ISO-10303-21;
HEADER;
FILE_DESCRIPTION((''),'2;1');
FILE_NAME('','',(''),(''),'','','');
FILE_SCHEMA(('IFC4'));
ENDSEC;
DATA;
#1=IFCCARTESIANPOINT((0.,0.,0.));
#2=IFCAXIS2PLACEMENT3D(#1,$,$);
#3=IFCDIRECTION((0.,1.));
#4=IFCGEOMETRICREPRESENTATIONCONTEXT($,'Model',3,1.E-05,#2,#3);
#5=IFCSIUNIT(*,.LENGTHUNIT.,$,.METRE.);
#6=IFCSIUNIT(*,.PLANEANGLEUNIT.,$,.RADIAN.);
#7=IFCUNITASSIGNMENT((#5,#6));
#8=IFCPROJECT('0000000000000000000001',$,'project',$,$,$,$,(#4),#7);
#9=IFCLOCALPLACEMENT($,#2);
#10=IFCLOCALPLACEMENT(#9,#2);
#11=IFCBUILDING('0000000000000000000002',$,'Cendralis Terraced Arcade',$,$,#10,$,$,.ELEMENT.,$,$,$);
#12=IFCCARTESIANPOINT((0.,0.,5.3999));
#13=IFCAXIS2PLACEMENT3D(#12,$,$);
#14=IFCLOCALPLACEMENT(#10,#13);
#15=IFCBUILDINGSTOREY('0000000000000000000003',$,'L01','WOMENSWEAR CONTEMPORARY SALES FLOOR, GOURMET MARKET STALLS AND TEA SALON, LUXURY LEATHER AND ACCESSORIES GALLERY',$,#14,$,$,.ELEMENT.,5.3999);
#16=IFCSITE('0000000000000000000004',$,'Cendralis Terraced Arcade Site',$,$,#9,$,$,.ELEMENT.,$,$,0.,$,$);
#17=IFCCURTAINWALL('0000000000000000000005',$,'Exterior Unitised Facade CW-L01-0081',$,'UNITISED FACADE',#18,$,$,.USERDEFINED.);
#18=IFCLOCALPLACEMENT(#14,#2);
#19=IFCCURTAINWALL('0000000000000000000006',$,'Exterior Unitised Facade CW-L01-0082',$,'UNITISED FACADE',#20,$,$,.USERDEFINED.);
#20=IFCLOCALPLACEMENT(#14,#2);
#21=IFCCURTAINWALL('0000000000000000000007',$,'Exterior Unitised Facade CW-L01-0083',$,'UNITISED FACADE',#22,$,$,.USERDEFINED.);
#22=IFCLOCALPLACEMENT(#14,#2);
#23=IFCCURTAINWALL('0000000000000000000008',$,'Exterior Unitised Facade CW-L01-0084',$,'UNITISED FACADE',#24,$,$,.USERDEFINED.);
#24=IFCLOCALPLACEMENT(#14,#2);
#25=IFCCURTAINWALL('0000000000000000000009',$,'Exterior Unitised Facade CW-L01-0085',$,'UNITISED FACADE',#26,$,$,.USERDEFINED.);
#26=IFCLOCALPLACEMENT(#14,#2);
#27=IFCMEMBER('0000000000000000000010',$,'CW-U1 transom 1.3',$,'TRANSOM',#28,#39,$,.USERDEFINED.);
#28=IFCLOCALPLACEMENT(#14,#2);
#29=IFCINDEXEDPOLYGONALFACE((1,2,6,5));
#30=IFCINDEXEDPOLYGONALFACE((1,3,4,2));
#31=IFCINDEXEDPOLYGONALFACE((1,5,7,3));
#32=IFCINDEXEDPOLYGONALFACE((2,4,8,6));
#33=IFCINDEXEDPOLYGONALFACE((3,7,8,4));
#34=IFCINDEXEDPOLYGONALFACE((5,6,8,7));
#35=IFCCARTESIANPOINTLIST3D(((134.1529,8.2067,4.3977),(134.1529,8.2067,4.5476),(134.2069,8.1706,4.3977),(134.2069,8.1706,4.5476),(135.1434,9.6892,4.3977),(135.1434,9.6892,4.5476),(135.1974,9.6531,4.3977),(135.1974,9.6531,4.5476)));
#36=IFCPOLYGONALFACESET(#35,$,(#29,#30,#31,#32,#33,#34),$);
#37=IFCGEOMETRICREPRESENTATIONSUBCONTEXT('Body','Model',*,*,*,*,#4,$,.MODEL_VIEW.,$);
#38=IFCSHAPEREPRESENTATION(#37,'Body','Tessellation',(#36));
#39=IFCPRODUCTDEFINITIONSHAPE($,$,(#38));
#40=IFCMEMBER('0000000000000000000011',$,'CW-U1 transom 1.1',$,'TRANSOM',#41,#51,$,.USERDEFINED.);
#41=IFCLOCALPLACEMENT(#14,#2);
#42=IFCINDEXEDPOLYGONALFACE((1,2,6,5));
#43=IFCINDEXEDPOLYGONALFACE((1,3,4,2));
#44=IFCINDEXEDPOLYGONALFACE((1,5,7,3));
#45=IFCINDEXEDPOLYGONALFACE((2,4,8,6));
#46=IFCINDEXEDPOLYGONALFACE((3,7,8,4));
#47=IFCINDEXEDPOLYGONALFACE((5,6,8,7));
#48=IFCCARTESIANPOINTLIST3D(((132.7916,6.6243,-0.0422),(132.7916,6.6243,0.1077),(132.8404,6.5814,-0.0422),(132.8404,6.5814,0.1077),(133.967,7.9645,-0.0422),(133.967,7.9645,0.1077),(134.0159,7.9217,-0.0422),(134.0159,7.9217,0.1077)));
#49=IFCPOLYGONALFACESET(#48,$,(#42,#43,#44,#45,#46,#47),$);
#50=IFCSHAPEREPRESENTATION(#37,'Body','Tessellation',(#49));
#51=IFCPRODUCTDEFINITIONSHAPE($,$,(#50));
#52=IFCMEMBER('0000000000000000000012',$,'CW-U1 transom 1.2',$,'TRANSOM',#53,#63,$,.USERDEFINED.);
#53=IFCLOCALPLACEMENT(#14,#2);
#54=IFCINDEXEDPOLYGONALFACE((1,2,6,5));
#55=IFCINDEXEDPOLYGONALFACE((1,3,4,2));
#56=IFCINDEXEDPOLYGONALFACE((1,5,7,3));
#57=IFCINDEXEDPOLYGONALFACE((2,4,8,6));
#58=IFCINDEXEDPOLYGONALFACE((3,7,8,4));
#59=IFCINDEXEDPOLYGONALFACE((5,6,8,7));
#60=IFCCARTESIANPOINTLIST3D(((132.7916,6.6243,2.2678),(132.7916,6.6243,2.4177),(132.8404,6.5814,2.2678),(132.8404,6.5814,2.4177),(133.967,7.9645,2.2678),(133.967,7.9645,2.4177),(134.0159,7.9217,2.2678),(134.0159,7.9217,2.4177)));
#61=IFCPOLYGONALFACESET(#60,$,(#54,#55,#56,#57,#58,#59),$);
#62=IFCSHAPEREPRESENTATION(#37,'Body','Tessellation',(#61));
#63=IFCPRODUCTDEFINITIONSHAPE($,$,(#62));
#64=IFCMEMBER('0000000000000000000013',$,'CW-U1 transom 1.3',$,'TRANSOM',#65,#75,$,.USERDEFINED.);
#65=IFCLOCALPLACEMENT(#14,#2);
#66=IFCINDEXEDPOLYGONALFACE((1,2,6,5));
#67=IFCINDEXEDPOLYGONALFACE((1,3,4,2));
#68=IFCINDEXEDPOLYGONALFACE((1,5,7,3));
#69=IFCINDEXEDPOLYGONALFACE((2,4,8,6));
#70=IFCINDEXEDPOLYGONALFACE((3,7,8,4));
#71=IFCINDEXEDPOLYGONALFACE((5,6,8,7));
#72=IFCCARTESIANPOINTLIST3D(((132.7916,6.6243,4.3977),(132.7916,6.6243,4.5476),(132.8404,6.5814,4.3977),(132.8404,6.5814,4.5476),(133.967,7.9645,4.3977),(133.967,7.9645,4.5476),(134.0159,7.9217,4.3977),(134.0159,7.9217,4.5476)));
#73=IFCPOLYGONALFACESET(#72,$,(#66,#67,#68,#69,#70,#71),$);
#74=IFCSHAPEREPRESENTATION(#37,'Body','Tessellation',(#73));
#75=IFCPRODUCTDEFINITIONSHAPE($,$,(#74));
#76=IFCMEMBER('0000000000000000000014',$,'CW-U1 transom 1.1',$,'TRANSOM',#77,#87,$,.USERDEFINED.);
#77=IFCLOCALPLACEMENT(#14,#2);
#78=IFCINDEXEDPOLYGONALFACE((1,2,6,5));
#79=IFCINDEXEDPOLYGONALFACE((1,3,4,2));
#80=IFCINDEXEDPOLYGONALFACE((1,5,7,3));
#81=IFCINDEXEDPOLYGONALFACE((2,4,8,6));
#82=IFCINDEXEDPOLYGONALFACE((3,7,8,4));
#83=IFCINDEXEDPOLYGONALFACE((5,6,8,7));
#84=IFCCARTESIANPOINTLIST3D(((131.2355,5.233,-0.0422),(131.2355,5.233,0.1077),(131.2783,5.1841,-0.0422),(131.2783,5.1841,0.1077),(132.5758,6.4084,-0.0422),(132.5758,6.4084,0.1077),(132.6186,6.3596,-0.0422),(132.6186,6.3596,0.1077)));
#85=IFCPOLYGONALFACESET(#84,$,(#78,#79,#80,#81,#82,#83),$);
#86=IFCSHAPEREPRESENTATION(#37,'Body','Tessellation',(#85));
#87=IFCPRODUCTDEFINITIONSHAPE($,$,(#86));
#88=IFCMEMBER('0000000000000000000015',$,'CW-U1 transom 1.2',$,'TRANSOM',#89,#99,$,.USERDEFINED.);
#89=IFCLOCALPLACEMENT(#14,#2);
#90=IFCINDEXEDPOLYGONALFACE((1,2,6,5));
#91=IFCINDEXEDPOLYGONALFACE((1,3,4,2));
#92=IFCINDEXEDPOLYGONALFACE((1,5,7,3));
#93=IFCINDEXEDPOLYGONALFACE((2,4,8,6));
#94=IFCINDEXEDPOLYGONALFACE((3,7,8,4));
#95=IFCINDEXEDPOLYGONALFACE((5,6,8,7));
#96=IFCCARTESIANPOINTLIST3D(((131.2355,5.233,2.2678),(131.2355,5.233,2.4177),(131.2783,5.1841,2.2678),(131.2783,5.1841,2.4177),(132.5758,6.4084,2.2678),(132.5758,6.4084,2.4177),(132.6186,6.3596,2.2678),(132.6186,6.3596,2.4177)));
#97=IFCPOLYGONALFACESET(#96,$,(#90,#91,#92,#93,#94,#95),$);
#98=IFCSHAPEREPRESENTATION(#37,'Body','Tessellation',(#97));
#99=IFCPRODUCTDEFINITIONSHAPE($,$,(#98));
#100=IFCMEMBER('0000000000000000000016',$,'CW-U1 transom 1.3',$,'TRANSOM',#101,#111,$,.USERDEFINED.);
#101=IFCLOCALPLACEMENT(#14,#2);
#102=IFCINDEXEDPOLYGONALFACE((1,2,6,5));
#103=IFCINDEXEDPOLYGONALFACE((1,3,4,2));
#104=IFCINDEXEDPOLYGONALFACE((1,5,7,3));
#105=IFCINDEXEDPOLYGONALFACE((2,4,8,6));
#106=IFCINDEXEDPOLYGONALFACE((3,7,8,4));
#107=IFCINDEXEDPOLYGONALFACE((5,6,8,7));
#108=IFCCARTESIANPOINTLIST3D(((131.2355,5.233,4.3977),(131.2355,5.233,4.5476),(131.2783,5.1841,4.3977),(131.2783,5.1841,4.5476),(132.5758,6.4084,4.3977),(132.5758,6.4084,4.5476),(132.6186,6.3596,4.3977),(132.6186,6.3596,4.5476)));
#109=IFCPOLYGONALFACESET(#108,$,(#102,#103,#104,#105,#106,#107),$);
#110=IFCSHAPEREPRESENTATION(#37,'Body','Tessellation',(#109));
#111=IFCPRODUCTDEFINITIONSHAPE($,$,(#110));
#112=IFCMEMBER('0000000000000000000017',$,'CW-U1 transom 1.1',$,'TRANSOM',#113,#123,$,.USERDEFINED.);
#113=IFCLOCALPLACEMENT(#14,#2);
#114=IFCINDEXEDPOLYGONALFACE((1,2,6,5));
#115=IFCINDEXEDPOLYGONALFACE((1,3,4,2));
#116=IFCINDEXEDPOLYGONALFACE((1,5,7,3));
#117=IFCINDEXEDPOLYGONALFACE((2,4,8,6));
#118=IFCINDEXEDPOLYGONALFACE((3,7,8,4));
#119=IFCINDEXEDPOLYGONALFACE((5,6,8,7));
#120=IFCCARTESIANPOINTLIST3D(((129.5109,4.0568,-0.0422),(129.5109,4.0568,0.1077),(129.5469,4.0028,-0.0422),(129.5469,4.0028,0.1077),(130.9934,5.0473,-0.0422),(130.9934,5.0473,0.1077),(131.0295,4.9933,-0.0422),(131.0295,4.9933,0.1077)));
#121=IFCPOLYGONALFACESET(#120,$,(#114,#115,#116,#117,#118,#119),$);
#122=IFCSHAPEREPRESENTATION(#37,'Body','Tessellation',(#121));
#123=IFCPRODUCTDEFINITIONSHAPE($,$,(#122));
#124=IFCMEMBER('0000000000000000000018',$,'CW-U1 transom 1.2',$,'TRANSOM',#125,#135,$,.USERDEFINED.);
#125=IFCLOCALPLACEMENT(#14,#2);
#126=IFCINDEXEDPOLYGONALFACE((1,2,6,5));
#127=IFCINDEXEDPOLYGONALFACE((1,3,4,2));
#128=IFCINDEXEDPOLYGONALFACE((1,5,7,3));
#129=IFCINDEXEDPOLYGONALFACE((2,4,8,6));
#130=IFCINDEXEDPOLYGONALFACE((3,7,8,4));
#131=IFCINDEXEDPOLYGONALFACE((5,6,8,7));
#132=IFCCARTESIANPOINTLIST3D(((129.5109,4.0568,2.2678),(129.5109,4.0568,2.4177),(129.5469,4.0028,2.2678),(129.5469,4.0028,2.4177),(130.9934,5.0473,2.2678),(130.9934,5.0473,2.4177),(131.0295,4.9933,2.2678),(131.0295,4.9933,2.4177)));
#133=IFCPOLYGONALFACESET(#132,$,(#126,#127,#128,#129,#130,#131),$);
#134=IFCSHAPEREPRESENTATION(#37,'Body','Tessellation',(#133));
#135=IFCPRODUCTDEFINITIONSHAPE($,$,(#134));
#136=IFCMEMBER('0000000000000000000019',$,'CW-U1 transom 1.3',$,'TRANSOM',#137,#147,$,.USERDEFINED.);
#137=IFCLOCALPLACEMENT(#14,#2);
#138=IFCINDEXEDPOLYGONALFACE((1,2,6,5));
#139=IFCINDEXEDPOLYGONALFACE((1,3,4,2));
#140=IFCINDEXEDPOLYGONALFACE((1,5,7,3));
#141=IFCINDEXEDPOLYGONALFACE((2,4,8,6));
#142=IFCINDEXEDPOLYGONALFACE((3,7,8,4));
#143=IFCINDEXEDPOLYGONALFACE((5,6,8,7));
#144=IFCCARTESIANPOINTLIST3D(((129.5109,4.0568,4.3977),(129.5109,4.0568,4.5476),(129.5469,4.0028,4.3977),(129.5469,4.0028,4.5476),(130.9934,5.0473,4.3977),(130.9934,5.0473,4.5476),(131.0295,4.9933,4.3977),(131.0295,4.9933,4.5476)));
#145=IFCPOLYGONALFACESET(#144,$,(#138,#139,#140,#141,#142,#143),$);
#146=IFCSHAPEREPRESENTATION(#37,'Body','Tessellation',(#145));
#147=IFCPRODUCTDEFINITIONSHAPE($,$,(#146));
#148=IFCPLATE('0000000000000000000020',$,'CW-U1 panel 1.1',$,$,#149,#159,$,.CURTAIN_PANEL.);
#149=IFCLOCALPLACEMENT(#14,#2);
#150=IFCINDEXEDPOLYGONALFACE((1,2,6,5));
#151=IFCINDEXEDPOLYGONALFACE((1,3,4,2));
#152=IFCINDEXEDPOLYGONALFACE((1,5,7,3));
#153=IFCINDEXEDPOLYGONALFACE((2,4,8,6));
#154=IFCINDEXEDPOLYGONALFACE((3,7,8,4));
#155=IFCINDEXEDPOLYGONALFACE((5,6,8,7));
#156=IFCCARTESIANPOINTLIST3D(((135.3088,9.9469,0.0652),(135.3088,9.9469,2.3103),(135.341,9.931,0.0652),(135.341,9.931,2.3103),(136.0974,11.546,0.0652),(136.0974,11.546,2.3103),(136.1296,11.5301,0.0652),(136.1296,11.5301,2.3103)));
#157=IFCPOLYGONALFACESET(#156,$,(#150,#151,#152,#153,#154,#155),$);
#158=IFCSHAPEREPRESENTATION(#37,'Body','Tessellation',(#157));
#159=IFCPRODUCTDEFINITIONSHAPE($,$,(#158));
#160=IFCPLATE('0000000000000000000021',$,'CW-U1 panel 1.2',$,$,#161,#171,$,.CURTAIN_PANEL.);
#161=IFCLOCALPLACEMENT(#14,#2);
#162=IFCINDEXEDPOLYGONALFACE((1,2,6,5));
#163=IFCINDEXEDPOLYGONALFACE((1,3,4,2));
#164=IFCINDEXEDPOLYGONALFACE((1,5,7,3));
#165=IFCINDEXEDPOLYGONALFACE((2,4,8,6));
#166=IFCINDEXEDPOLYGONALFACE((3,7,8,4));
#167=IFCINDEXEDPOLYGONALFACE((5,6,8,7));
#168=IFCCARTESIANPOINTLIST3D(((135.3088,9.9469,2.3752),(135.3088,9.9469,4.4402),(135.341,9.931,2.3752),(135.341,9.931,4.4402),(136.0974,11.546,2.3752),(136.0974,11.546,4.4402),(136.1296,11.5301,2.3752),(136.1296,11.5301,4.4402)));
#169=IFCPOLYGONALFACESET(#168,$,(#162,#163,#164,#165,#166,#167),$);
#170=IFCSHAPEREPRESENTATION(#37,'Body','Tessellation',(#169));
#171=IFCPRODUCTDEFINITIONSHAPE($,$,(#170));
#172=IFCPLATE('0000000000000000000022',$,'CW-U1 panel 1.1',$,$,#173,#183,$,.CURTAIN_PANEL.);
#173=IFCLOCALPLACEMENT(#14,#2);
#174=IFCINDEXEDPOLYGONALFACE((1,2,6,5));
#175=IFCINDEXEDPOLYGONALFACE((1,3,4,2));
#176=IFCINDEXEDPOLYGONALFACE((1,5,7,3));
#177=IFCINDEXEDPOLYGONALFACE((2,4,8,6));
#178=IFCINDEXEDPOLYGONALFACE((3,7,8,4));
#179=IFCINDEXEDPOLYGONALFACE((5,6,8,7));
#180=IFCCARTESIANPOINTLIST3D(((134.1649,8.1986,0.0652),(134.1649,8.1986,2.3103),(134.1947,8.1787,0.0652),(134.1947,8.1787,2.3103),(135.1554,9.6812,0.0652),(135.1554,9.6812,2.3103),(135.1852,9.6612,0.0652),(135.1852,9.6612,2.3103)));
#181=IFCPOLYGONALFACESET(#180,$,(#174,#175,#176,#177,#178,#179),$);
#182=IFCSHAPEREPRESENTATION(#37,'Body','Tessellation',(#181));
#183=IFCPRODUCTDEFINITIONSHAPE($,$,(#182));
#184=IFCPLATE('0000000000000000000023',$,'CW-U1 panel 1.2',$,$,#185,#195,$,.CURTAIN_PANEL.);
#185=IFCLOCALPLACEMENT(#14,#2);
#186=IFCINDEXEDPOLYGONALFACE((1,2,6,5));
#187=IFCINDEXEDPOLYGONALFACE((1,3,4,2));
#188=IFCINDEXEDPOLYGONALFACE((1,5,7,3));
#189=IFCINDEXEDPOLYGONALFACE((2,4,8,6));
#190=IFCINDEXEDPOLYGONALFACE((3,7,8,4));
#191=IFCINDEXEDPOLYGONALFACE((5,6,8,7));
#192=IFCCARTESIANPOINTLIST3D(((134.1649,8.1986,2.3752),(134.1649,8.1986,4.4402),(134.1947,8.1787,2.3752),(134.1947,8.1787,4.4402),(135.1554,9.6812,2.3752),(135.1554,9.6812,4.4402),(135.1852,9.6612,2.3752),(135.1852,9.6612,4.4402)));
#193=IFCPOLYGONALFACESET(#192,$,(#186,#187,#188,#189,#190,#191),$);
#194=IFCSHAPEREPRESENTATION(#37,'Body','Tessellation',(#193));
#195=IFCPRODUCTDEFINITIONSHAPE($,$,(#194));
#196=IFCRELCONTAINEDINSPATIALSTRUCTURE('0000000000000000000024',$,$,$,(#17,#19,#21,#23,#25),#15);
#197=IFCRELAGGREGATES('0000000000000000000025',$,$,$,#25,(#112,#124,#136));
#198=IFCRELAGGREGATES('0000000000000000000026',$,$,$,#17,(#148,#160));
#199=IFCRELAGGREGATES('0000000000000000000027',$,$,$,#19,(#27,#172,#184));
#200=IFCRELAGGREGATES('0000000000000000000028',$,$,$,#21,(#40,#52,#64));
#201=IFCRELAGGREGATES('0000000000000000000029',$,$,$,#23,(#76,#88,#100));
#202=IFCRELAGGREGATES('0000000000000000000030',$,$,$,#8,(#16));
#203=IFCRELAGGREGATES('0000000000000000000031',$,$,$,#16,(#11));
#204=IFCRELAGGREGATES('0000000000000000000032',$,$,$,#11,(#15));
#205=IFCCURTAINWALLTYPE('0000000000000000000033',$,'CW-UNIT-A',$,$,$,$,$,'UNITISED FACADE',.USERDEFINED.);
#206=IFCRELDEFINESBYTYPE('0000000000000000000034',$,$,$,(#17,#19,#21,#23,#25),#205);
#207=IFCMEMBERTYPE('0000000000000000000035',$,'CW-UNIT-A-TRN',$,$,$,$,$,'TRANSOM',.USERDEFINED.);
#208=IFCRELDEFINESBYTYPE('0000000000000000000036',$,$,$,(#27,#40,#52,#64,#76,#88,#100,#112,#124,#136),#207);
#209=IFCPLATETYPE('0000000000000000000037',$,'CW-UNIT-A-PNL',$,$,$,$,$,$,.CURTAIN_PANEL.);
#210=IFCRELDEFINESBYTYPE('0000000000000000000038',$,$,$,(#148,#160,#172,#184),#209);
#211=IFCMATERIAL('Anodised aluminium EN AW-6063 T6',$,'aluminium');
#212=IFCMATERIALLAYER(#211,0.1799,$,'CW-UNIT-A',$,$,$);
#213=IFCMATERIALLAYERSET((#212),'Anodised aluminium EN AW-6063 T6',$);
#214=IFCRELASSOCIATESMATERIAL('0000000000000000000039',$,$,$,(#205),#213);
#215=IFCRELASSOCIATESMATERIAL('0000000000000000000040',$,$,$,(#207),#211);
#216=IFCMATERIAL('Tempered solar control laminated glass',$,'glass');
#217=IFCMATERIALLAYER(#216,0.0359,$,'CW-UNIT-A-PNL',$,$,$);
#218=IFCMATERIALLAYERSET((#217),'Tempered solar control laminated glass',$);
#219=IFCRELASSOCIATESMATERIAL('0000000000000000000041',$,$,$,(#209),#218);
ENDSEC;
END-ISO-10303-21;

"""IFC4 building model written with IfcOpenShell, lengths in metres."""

from ifc_helpers import new_model, si_unit, direction, frame, origin, origin_2d, place, context, subcontext, project, spatial, rectangle, extrude, material, layer, layer_set, material_profile, profile_set, type_object, element, aggregate, save


model = new_model("IFC4")

# Units and contexts
model_context = context("Model", 3, precision=1e-05, world=origin(), true_north=direction((0.0, 1.0)))
body_context = subcontext(model_context, "Body", "Model", "MODEL_VIEW")
ifc_project = project(units=[si_unit("LENGTHUNIT", "METRE"), si_unit("PLANEANGLEUNIT", "RADIAN")], contexts=[model_context])

# Site, building, storey
site_placement = place(None, origin())
site = spatial("IfcSite", under=ifc_project, at=site_placement, Name="Cendralis Terraced Arcade Site", CompositionType="ELEMENT", RefElevation=0.0)
building_placement = place(site_placement, origin())
building = spatial("IfcBuilding", under=site, at=building_placement, Name="Cendralis Terraced Arcade", CompositionType="ELEMENT")
storey_placement = place(building_placement, frame((0.0, 0.0, 5.3999)))
storey = spatial("IfcBuildingStorey", under=building, at=storey_placement, Name="L01", Description="WOMENSWEAR CONTEMPORARY SALES FLOOR, GOURMET MARKET STALLS AND TEA SALON, LUXURY LEATHER AND ACCESSORIES GALLERY", CompositionType="ELEMENT", Elevation=5.3999)

# Shared definitions
ifc_material_1 = material(Name="Anodised aluminium EN AW-6063 T6", Category="aluminium")
ifc_layer_1 = layer(ifc_material_1, 0.1799, Name="CW-UNIT-A")
ifc_layer_set_1 = layer_set([ifc_layer_1], Name="Anodised aluminium EN AW-6063 T6")
curtain_wall_type = type_object("IfcCurtainWallType", Name="CW-UNIT-A", ElementType="UNITISED FACADE", PredefinedType="USERDEFINED", material=ifc_layer_set_1)

# Curtain walls
curtain_wall_1_placement = place(storey_placement, origin())
curtain_wall_1 = element("IfcCurtainWall", 1, at=curtain_wall_1_placement, inside=storey, type_object=curtain_wall_type, Name="Exterior Unitised Facade CW-L01-0081", ObjectType="UNITISED FACADE", PredefinedType="USERDEFINED")
curtain_wall_2_placement = place(storey_placement, origin())
curtain_wall_2 = element("IfcCurtainWall", 2, at=curtain_wall_2_placement, inside=storey, type_object=curtain_wall_type, Name="Exterior Unitised Facade CW-L01-0082", ObjectType="UNITISED FACADE", PredefinedType="USERDEFINED")
curtain_wall_3_placement = place(storey_placement, origin())
curtain_wall_3 = element("IfcCurtainWall", 3, at=curtain_wall_3_placement, inside=storey, type_object=curtain_wall_type, Name="Exterior Unitised Facade CW-L01-0083", ObjectType="UNITISED FACADE", PredefinedType="USERDEFINED")
curtain_wall_4_placement = place(storey_placement, origin())
curtain_wall_4 = element("IfcCurtainWall", 4, at=curtain_wall_4_placement, inside=storey, type_object=curtain_wall_type, Name="Exterior Unitised Facade CW-L01-0084", ObjectType="UNITISED FACADE", PredefinedType="USERDEFINED")

# Curtain wall
curtain_wall_5_placement = place(storey_placement, origin())
curtain_wall_5 = element("IfcCurtainWall", 5, at=curtain_wall_5_placement, inside=storey, type_object=curtain_wall_type, Name="Exterior Unitised Facade CW-L01-0085", ObjectType="UNITISED FACADE", PredefinedType="USERDEFINED")

# Members
ifc_material_profile_1 = material_profile(ifc_material_1, rectangle(XDim=0.0649, YDim=0.1499, at=origin_2d()), Name="ALU-TRN-65x150")
ifc_profile_set_1 = profile_set([ifc_material_profile_1], Name="Anodised aluminium EN AW-6063 T6")
member_type_1 = type_object("IfcMemberType", Name="CW-UNIT-A-TRN", ElementType="TRANSOM", PredefinedType="USERDEFINED", material=ifc_profile_set_1)
member_1_placement = place(storey_placement, frame((135.1704, 9.6711, 4.4727), z_axis=(-0.555553, -0.831481, 0.0), x_axis=(0.831481, -0.555553, 0.0)))
member_1 = element("IfcMember", 6, at=member_1_placement, type_object=member_type_1, Name="CW-U1 transom 1.3", ObjectType="TRANSOM", PredefinedType="USERDEFINED", context=body_context, shape_type="SweptSolid", body=[
    extrude(rectangle(XDim=0.0649, YDim=0.1499, at=origin_2d()), origin(), (0.0, 0.0, 1.0), 1.783),
])
member_2_placement = place(storey_placement, frame((133.9915, 7.9431, 0.0327), z_axis=(-0.659377, -0.751813, 0.0), x_axis=(0.751813, -0.659377, 0.0)))
member_2 = element("IfcMember", 7, at=member_2_placement, type_object=member_type_1, Name="CW-U1 transom 1.1", ObjectType="TRANSOM", PredefinedType="USERDEFINED", context=body_context, shape_type="SweptSolid", body=[
    extrude(rectangle(XDim=0.0649, YDim=0.1499, at=origin_2d()), origin(), (0.0, 0.0, 1.0), 1.7827),
])
member_3_placement = place(storey_placement, frame((133.9915, 7.9431, 2.3428), z_axis=(-0.659377, -0.751813, 0.0), x_axis=(0.751813, -0.659377, 0.0)))
member_3 = element("IfcMember", 8, at=member_3_placement, type_object=member_type_1, Name="CW-U1 transom 1.2", ObjectType="TRANSOM", PredefinedType="USERDEFINED", context=body_context, shape_type="SweptSolid", body=[
    extrude(rectangle(XDim=0.0649, YDim=0.1499, at=origin_2d()), origin(), (0.0, 0.0, 1.0), 1.7827),
])
member_4_placement = place(storey_placement, frame((133.9915, 7.9431, 4.4727), z_axis=(-0.659377, -0.751813, 0.0), x_axis=(0.751813, -0.659377, 0.0)))
member_4 = element("IfcMember", 9, at=member_4_placement, type_object=member_type_1, Name="CW-U1 transom 1.3", ObjectType="TRANSOM", PredefinedType="USERDEFINED", context=body_context, shape_type="SweptSolid", body=[
    extrude(rectangle(XDim=0.0649, YDim=0.1499, at=origin_2d()), origin(), (0.0, 0.0, 1.0), 1.7827),
])
member_5_placement = place(storey_placement, frame((132.5972, 6.384, 0.0327), z_axis=(-0.751813, -0.659377, 0.0), x_axis=(0.659377, -0.751813, 0.0)))
member_5 = element("IfcMember", 10, at=member_5_placement, type_object=member_type_1, Name="CW-U1 transom 1.1", ObjectType="TRANSOM", PredefinedType="USERDEFINED", context=body_context, shape_type="SweptSolid", body=[
    extrude(rectangle(XDim=0.0649, YDim=0.1499, at=origin_2d()), origin(), (0.0, 0.0, 1.0), 1.7827),
])
member_6_placement = place(storey_placement, frame((132.5972, 6.384, 2.3428), z_axis=(-0.751813, -0.659377, 0.0), x_axis=(0.659377, -0.751813, 0.0)))
member_6 = element("IfcMember", 11, at=member_6_placement, type_object=member_type_1, Name="CW-U1 transom 1.2", ObjectType="TRANSOM", PredefinedType="USERDEFINED", context=body_context, shape_type="SweptSolid", body=[
    extrude(rectangle(XDim=0.0649, YDim=0.1499, at=origin_2d()), origin(), (0.0, 0.0, 1.0), 1.7827),
])
member_7_placement = place(storey_placement, frame((132.5972, 6.384, 4.4727), z_axis=(-0.751813, -0.659377, 0.0), x_axis=(0.659377, -0.751813, 0.0)))
member_7 = element("IfcMember", 12, at=member_7_placement, type_object=member_type_1, Name="CW-U1 transom 1.3", ObjectType="TRANSOM", PredefinedType="USERDEFINED", context=body_context, shape_type="SweptSolid", body=[
    extrude(rectangle(XDim=0.0649, YDim=0.1499, at=origin_2d()), origin(), (0.0, 0.0, 1.0), 1.7827),
])
member_8_placement = place(storey_placement, frame((131.0115, 5.0203, 0.0327), z_axis=(-0.831523, -0.55549, 0.0), x_axis=(0.55549, -0.831523, 0.0)))
member_8 = element("IfcMember", 13, at=member_8_placement, type_object=member_type_1, Name="CW-U1 transom 1.1", ObjectType="TRANSOM", PredefinedType="USERDEFINED", context=body_context, shape_type="SweptSolid", body=[
    extrude(rectangle(XDim=0.0649, YDim=0.1499, at=origin_2d()), origin(), (0.0, 0.0, 1.0), 1.783),
])
member_9_placement = place(storey_placement, frame((131.0115, 5.0203, 2.3428), z_axis=(-0.831523, -0.55549, 0.0), x_axis=(0.55549, -0.831523, 0.0)))
member_9 = element("IfcMember", 14, at=member_9_placement, type_object=member_type_1, Name="CW-U1 transom 1.2", ObjectType="TRANSOM", PredefinedType="USERDEFINED", context=body_context, shape_type="SweptSolid", body=[
    extrude(rectangle(XDim=0.0649, YDim=0.1499, at=origin_2d()), origin(), (0.0, 0.0, 1.0), 1.783),
])
member_10_placement = place(storey_placement, frame((131.0115, 5.0203, 4.4727), z_axis=(-0.831523, -0.55549, 0.0), x_axis=(0.55549, -0.831523, 0.0)))
member_10 = element("IfcMember", 15, at=member_10_placement, type_object=member_type_1, Name="CW-U1 transom 1.3", ObjectType="TRANSOM", PredefinedType="USERDEFINED", context=body_context, shape_type="SweptSolid", body=[
    extrude(rectangle(XDim=0.0649, YDim=0.1499, at=origin_2d()), origin(), (0.0, 0.0, 1.0), 1.783),
])
aggregate(curtain_wall_5, [member_8, member_9, member_10])

# Plates
ifc_material_2 = material(Name="Tempered solar control laminated glass", Category="glass")
ifc_layer_2 = layer(ifc_material_2, 0.0359, Name="CW-UNIT-A-PNL")
ifc_layer_set_2 = layer_set([ifc_layer_2], Name="Tempered solar control laminated glass")
plate_type = type_object("IfcPlateType", Name="CW-UNIT-A-PNL", PredefinedType="CURTAIN_PANEL", material=ifc_layer_set_2)
plate_1_placement = place(storey_placement, frame((135.7192, 10.7385, 0.0652), z_axis=(0.0, 0.0, 1.0), x_axis=(-0.442293, -0.896871, 0.0)))
plate_1 = element("IfcPlate", 16, at=plate_1_placement, type_object=plate_type, Name="CW-U1 panel 1.1", PredefinedType="CURTAIN_PANEL", context=body_context, shape_type="SweptSolid", body=[
    extrude(rectangle(XDim=1.783, YDim=0.0359, at=origin_2d()), origin(), (0.0, 0.0, 1.0), 2.2451),
])
plate_2_placement = place(storey_placement, frame((135.7192, 10.7385, 2.3752), z_axis=(0.0, 0.0, 1.0), x_axis=(-0.442293, -0.896871, 0.0)))
plate_2 = element("IfcPlate", 17, at=plate_2_placement, type_object=plate_type, Name="CW-U1 panel 1.2", PredefinedType="CURTAIN_PANEL", context=body_context, shape_type="SweptSolid", body=[
    extrude(rectangle(XDim=1.783, YDim=0.0359, at=origin_2d()), origin(), (0.0, 0.0, 1.0), 2.0649),
])
aggregate(curtain_wall_1, [plate_1, plate_2])
plate_3_placement = place(storey_placement, frame((134.675, 8.9299, 0.0652), z_axis=(0.0, 0.0, 1.0), x_axis=(-0.555532, -0.831495, 0.0)))
plate_3 = element("IfcPlate", 18, at=plate_3_placement, type_object=plate_type, Name="CW-U1 panel 1.1", PredefinedType="CURTAIN_PANEL", context=body_context, shape_type="SweptSolid", body=[
    extrude(rectangle(XDim=1.783, YDim=0.0359, at=origin_2d()), origin(), (0.0, 0.0, 1.0), 2.2451),
])
plate_4_placement = place(storey_placement, frame((134.675, 8.9299, 2.3752), z_axis=(0.0, 0.0, 1.0), x_axis=(-0.555532, -0.831495, 0.0)))
plate_4 = element("IfcPlate", 19, at=plate_4_placement, type_object=plate_type, Name="CW-U1 panel 1.2", PredefinedType="CURTAIN_PANEL", context=body_context, shape_type="SweptSolid", body=[
    extrude(rectangle(XDim=1.783, YDim=0.0359, at=origin_2d()), origin(), (0.0, 0.0, 1.0), 2.0649),
])
aggregate(curtain_wall_2, [member_1, plate_3, plate_4])
aggregate(curtain_wall_3, [member_2, member_3, member_4])
aggregate(curtain_wall_4, [member_5, member_6, member_7])

save(model, "model.ifc")
